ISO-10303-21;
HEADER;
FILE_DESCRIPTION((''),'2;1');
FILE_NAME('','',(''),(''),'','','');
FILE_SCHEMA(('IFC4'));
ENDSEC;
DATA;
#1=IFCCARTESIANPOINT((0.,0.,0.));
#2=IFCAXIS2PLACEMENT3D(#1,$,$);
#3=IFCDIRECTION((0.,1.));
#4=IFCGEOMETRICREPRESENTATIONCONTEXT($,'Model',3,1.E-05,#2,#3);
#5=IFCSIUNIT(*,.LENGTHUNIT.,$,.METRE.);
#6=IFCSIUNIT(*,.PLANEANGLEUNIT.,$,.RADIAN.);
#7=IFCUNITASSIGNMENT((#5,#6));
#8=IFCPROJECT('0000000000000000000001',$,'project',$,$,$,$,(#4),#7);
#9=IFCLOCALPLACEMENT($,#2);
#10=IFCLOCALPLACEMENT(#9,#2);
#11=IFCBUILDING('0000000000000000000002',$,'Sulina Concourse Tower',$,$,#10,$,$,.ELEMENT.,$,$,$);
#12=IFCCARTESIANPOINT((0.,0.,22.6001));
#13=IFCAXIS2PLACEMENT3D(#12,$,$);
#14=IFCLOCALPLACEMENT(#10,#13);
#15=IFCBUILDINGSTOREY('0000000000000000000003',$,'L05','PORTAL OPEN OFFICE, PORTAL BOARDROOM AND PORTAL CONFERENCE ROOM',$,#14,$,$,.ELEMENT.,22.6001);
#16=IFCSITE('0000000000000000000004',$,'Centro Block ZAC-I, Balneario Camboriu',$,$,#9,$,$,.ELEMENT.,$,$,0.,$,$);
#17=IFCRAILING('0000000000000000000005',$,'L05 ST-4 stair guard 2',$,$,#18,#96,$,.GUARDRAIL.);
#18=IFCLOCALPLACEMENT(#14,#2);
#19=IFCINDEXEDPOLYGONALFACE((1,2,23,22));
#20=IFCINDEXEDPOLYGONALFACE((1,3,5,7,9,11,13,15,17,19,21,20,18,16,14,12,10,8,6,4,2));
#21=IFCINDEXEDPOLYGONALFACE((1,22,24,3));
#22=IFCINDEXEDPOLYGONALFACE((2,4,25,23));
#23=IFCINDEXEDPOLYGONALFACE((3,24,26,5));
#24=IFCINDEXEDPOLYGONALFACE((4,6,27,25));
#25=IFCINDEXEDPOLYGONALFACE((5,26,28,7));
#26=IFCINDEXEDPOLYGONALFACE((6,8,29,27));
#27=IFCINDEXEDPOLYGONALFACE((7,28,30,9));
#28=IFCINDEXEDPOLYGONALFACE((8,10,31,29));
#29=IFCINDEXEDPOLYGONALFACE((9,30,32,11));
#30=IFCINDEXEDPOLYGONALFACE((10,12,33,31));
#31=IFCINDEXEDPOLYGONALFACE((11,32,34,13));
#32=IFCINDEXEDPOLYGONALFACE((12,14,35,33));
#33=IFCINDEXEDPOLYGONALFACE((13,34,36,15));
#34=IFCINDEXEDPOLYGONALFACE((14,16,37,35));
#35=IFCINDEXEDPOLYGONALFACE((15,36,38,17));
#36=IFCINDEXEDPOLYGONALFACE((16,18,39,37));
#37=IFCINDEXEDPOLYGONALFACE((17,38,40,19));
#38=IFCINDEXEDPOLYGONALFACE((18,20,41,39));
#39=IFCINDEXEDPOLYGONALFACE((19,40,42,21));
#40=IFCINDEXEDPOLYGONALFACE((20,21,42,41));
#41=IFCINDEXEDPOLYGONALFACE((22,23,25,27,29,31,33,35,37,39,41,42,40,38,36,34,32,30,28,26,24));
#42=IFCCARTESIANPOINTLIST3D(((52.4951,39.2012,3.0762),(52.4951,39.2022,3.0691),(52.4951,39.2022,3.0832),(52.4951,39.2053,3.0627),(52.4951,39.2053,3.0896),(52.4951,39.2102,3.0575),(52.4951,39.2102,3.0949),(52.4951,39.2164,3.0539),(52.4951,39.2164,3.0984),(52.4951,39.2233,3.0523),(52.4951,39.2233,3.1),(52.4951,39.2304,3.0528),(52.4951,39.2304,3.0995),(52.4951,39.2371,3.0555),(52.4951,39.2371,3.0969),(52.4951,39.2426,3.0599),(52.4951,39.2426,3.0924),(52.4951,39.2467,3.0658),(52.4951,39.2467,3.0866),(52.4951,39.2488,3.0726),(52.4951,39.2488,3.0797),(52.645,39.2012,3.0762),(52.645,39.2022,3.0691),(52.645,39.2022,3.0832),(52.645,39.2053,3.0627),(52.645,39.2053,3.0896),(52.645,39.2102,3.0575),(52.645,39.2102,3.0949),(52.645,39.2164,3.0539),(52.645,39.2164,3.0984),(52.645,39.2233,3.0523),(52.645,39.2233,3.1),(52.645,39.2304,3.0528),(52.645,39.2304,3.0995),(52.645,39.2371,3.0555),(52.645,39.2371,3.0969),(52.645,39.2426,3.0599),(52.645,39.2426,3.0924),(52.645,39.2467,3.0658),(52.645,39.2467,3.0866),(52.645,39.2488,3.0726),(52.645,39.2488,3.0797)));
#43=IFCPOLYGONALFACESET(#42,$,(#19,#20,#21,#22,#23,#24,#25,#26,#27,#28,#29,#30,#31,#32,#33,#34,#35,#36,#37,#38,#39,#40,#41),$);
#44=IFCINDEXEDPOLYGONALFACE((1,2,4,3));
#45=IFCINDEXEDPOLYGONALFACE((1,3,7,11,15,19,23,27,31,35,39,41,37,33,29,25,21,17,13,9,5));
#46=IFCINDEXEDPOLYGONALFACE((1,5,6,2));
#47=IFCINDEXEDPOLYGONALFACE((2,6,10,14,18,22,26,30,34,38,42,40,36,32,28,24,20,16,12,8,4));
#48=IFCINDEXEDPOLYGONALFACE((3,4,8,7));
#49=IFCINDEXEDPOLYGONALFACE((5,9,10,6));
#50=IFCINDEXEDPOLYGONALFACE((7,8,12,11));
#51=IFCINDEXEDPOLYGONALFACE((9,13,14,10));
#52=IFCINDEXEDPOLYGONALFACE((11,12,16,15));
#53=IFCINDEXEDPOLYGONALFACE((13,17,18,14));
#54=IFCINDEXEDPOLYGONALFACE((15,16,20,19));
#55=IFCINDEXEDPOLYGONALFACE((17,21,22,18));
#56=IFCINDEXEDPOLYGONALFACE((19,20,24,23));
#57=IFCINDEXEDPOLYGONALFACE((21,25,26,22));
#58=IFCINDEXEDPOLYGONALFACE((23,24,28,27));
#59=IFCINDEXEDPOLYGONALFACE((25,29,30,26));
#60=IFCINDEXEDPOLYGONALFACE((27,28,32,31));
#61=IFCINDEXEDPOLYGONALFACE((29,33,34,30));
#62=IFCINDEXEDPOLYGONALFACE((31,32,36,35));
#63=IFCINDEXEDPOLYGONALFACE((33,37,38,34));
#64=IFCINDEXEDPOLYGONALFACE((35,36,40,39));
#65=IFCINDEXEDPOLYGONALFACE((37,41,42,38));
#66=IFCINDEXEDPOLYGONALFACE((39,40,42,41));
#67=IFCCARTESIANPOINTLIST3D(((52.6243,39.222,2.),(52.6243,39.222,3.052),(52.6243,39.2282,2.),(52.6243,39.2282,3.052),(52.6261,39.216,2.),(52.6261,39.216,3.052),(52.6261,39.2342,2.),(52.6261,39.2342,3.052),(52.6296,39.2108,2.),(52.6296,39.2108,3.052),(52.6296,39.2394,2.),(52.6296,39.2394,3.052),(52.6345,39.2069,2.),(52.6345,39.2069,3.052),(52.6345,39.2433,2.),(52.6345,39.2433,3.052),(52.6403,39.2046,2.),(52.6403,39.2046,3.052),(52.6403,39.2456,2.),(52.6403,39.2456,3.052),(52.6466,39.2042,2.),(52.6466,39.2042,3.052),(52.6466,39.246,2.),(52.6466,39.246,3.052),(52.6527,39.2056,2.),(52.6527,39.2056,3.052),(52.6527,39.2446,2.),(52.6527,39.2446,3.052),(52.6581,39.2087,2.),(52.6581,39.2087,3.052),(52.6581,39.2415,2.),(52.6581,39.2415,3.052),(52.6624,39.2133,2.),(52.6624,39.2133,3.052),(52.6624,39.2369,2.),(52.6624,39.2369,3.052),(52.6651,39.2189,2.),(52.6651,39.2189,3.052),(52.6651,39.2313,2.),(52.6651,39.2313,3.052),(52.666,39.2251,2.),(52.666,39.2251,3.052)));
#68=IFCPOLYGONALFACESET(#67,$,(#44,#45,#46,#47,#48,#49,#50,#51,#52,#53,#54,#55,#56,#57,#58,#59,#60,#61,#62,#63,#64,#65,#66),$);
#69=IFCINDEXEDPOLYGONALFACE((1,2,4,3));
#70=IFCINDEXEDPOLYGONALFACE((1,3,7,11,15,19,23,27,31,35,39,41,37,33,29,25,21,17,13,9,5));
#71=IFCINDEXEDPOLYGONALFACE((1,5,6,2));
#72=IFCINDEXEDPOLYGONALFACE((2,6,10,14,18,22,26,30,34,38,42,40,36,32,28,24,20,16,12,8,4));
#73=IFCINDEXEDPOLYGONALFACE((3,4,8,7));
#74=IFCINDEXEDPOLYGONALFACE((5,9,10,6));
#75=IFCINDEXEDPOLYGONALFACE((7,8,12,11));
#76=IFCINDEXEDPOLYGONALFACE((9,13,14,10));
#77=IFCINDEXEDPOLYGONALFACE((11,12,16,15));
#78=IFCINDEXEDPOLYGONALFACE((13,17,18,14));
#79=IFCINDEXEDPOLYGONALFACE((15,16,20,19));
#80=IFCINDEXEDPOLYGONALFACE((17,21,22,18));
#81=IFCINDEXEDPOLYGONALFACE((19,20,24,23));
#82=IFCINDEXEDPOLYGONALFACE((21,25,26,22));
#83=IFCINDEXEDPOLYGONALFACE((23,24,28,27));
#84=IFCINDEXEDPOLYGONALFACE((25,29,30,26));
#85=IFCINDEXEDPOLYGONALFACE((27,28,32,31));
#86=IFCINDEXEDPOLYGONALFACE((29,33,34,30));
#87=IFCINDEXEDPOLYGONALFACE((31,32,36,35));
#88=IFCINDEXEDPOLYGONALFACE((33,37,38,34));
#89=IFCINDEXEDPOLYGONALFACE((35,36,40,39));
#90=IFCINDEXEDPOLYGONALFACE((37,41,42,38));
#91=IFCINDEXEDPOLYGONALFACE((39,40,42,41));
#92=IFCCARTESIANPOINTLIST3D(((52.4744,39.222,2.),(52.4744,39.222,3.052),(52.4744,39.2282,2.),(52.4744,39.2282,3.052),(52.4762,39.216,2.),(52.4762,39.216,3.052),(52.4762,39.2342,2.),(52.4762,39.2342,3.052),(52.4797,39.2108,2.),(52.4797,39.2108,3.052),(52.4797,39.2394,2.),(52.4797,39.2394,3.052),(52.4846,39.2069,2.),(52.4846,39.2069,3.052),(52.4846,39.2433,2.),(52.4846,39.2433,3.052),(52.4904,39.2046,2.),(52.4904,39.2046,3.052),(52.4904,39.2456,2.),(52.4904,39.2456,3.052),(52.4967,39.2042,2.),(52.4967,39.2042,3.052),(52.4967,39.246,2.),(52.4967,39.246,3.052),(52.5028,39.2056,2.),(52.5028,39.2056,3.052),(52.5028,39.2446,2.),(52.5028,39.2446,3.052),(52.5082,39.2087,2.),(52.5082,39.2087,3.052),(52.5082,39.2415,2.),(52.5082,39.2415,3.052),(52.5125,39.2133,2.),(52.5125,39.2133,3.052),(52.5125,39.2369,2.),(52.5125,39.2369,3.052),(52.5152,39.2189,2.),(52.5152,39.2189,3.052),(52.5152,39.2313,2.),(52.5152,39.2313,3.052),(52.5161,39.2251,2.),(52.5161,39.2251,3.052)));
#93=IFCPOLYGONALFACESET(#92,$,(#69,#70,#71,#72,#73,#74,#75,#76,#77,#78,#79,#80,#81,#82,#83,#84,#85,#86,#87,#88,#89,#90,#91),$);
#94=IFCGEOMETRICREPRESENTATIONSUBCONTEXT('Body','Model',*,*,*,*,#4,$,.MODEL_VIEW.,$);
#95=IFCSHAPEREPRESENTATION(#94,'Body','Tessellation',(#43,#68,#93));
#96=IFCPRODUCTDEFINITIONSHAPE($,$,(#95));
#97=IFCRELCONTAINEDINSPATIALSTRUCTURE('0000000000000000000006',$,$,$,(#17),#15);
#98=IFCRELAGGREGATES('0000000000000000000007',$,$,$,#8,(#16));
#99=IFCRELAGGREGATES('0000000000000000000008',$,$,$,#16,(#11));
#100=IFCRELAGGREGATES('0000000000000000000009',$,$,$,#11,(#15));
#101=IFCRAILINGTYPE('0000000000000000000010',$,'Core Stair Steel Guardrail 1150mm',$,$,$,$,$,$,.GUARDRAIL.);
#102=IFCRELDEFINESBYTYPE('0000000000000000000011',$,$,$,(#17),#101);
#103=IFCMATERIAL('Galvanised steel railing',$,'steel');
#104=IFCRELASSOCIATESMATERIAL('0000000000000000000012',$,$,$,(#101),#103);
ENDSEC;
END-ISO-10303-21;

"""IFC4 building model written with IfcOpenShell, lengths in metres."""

from ifc_helpers import new_model, si_unit, direction, frame, origin, origin_2d, place, context, subcontext, project, spatial, circle, extrude, material, type_object, element, save


model = new_model("IFC4")

# Units and contexts
model_context = context("Model", 3, precision=1e-05, world=origin(), true_north=direction((0.0, 1.0)))
body_context = subcontext(model_context, "Body", "Model", "MODEL_VIEW")
ifc_project = project(units=[si_unit("LENGTHUNIT", "METRE"), si_unit("PLANEANGLEUNIT", "RADIAN")], contexts=[model_context])

# Site, building, storey
site_placement = place(None, origin())
site = spatial("IfcSite", under=ifc_project, at=site_placement, Name="Centro Block ZAC-I, Balneario Camboriu", CompositionType="ELEMENT", RefElevation=0.0)
building_placement = place(site_placement, origin())
building = spatial("IfcBuilding", under=site, at=building_placement, Name="Sulina Concourse Tower", CompositionType="ELEMENT")
storey_placement = place(building_placement, frame((0.0, 0.0, 22.6001)))
storey = spatial("IfcBuildingStorey", under=building, at=storey_placement, Name="L05", Description="PORTAL OPEN OFFICE, PORTAL BOARDROOM AND PORTAL CONFERENCE ROOM", CompositionType="ELEMENT", Elevation=22.6001)

# Railing
ifc_material_1 = material(Name="Galvanised steel railing", Category="steel")
railing_type_1 = type_object("IfcRailingType", Name="Core Stair Steel Guardrail 1150mm", PredefinedType="GUARDRAIL", material=ifc_material_1)
railing_1_placement = place(storey_placement, frame((52.645, 39.2251, 2.0)))
element("IfcRailing", 1, at=railing_1_placement, inside=storey, type_object=railing_type_1, Name="L05 ST-4 stair guard 2", PredefinedType="GUARDRAIL", context=body_context, shape_type="SweptSolid", body=[
    extrude(circle(Radius=0.0239, at=origin_2d()), frame((0.0, 0.0, 1.0762), z_axis=(-1.0, 0.0, 0.0), x_axis=(0.0, -1.0, 0.0)), (0.0, 0.0, 1.0), 0.1499),
    extrude(circle(Radius=0.021, at=origin_2d()), origin(), (0.0, 0.0, 1.0), 1.052),
    extrude(circle(Radius=0.021, at=origin_2d()), frame((-0.1499, 0.0, 0.0)), (0.0, 0.0, 1.0), 1.052),
])

save(model, "model.ifc")
